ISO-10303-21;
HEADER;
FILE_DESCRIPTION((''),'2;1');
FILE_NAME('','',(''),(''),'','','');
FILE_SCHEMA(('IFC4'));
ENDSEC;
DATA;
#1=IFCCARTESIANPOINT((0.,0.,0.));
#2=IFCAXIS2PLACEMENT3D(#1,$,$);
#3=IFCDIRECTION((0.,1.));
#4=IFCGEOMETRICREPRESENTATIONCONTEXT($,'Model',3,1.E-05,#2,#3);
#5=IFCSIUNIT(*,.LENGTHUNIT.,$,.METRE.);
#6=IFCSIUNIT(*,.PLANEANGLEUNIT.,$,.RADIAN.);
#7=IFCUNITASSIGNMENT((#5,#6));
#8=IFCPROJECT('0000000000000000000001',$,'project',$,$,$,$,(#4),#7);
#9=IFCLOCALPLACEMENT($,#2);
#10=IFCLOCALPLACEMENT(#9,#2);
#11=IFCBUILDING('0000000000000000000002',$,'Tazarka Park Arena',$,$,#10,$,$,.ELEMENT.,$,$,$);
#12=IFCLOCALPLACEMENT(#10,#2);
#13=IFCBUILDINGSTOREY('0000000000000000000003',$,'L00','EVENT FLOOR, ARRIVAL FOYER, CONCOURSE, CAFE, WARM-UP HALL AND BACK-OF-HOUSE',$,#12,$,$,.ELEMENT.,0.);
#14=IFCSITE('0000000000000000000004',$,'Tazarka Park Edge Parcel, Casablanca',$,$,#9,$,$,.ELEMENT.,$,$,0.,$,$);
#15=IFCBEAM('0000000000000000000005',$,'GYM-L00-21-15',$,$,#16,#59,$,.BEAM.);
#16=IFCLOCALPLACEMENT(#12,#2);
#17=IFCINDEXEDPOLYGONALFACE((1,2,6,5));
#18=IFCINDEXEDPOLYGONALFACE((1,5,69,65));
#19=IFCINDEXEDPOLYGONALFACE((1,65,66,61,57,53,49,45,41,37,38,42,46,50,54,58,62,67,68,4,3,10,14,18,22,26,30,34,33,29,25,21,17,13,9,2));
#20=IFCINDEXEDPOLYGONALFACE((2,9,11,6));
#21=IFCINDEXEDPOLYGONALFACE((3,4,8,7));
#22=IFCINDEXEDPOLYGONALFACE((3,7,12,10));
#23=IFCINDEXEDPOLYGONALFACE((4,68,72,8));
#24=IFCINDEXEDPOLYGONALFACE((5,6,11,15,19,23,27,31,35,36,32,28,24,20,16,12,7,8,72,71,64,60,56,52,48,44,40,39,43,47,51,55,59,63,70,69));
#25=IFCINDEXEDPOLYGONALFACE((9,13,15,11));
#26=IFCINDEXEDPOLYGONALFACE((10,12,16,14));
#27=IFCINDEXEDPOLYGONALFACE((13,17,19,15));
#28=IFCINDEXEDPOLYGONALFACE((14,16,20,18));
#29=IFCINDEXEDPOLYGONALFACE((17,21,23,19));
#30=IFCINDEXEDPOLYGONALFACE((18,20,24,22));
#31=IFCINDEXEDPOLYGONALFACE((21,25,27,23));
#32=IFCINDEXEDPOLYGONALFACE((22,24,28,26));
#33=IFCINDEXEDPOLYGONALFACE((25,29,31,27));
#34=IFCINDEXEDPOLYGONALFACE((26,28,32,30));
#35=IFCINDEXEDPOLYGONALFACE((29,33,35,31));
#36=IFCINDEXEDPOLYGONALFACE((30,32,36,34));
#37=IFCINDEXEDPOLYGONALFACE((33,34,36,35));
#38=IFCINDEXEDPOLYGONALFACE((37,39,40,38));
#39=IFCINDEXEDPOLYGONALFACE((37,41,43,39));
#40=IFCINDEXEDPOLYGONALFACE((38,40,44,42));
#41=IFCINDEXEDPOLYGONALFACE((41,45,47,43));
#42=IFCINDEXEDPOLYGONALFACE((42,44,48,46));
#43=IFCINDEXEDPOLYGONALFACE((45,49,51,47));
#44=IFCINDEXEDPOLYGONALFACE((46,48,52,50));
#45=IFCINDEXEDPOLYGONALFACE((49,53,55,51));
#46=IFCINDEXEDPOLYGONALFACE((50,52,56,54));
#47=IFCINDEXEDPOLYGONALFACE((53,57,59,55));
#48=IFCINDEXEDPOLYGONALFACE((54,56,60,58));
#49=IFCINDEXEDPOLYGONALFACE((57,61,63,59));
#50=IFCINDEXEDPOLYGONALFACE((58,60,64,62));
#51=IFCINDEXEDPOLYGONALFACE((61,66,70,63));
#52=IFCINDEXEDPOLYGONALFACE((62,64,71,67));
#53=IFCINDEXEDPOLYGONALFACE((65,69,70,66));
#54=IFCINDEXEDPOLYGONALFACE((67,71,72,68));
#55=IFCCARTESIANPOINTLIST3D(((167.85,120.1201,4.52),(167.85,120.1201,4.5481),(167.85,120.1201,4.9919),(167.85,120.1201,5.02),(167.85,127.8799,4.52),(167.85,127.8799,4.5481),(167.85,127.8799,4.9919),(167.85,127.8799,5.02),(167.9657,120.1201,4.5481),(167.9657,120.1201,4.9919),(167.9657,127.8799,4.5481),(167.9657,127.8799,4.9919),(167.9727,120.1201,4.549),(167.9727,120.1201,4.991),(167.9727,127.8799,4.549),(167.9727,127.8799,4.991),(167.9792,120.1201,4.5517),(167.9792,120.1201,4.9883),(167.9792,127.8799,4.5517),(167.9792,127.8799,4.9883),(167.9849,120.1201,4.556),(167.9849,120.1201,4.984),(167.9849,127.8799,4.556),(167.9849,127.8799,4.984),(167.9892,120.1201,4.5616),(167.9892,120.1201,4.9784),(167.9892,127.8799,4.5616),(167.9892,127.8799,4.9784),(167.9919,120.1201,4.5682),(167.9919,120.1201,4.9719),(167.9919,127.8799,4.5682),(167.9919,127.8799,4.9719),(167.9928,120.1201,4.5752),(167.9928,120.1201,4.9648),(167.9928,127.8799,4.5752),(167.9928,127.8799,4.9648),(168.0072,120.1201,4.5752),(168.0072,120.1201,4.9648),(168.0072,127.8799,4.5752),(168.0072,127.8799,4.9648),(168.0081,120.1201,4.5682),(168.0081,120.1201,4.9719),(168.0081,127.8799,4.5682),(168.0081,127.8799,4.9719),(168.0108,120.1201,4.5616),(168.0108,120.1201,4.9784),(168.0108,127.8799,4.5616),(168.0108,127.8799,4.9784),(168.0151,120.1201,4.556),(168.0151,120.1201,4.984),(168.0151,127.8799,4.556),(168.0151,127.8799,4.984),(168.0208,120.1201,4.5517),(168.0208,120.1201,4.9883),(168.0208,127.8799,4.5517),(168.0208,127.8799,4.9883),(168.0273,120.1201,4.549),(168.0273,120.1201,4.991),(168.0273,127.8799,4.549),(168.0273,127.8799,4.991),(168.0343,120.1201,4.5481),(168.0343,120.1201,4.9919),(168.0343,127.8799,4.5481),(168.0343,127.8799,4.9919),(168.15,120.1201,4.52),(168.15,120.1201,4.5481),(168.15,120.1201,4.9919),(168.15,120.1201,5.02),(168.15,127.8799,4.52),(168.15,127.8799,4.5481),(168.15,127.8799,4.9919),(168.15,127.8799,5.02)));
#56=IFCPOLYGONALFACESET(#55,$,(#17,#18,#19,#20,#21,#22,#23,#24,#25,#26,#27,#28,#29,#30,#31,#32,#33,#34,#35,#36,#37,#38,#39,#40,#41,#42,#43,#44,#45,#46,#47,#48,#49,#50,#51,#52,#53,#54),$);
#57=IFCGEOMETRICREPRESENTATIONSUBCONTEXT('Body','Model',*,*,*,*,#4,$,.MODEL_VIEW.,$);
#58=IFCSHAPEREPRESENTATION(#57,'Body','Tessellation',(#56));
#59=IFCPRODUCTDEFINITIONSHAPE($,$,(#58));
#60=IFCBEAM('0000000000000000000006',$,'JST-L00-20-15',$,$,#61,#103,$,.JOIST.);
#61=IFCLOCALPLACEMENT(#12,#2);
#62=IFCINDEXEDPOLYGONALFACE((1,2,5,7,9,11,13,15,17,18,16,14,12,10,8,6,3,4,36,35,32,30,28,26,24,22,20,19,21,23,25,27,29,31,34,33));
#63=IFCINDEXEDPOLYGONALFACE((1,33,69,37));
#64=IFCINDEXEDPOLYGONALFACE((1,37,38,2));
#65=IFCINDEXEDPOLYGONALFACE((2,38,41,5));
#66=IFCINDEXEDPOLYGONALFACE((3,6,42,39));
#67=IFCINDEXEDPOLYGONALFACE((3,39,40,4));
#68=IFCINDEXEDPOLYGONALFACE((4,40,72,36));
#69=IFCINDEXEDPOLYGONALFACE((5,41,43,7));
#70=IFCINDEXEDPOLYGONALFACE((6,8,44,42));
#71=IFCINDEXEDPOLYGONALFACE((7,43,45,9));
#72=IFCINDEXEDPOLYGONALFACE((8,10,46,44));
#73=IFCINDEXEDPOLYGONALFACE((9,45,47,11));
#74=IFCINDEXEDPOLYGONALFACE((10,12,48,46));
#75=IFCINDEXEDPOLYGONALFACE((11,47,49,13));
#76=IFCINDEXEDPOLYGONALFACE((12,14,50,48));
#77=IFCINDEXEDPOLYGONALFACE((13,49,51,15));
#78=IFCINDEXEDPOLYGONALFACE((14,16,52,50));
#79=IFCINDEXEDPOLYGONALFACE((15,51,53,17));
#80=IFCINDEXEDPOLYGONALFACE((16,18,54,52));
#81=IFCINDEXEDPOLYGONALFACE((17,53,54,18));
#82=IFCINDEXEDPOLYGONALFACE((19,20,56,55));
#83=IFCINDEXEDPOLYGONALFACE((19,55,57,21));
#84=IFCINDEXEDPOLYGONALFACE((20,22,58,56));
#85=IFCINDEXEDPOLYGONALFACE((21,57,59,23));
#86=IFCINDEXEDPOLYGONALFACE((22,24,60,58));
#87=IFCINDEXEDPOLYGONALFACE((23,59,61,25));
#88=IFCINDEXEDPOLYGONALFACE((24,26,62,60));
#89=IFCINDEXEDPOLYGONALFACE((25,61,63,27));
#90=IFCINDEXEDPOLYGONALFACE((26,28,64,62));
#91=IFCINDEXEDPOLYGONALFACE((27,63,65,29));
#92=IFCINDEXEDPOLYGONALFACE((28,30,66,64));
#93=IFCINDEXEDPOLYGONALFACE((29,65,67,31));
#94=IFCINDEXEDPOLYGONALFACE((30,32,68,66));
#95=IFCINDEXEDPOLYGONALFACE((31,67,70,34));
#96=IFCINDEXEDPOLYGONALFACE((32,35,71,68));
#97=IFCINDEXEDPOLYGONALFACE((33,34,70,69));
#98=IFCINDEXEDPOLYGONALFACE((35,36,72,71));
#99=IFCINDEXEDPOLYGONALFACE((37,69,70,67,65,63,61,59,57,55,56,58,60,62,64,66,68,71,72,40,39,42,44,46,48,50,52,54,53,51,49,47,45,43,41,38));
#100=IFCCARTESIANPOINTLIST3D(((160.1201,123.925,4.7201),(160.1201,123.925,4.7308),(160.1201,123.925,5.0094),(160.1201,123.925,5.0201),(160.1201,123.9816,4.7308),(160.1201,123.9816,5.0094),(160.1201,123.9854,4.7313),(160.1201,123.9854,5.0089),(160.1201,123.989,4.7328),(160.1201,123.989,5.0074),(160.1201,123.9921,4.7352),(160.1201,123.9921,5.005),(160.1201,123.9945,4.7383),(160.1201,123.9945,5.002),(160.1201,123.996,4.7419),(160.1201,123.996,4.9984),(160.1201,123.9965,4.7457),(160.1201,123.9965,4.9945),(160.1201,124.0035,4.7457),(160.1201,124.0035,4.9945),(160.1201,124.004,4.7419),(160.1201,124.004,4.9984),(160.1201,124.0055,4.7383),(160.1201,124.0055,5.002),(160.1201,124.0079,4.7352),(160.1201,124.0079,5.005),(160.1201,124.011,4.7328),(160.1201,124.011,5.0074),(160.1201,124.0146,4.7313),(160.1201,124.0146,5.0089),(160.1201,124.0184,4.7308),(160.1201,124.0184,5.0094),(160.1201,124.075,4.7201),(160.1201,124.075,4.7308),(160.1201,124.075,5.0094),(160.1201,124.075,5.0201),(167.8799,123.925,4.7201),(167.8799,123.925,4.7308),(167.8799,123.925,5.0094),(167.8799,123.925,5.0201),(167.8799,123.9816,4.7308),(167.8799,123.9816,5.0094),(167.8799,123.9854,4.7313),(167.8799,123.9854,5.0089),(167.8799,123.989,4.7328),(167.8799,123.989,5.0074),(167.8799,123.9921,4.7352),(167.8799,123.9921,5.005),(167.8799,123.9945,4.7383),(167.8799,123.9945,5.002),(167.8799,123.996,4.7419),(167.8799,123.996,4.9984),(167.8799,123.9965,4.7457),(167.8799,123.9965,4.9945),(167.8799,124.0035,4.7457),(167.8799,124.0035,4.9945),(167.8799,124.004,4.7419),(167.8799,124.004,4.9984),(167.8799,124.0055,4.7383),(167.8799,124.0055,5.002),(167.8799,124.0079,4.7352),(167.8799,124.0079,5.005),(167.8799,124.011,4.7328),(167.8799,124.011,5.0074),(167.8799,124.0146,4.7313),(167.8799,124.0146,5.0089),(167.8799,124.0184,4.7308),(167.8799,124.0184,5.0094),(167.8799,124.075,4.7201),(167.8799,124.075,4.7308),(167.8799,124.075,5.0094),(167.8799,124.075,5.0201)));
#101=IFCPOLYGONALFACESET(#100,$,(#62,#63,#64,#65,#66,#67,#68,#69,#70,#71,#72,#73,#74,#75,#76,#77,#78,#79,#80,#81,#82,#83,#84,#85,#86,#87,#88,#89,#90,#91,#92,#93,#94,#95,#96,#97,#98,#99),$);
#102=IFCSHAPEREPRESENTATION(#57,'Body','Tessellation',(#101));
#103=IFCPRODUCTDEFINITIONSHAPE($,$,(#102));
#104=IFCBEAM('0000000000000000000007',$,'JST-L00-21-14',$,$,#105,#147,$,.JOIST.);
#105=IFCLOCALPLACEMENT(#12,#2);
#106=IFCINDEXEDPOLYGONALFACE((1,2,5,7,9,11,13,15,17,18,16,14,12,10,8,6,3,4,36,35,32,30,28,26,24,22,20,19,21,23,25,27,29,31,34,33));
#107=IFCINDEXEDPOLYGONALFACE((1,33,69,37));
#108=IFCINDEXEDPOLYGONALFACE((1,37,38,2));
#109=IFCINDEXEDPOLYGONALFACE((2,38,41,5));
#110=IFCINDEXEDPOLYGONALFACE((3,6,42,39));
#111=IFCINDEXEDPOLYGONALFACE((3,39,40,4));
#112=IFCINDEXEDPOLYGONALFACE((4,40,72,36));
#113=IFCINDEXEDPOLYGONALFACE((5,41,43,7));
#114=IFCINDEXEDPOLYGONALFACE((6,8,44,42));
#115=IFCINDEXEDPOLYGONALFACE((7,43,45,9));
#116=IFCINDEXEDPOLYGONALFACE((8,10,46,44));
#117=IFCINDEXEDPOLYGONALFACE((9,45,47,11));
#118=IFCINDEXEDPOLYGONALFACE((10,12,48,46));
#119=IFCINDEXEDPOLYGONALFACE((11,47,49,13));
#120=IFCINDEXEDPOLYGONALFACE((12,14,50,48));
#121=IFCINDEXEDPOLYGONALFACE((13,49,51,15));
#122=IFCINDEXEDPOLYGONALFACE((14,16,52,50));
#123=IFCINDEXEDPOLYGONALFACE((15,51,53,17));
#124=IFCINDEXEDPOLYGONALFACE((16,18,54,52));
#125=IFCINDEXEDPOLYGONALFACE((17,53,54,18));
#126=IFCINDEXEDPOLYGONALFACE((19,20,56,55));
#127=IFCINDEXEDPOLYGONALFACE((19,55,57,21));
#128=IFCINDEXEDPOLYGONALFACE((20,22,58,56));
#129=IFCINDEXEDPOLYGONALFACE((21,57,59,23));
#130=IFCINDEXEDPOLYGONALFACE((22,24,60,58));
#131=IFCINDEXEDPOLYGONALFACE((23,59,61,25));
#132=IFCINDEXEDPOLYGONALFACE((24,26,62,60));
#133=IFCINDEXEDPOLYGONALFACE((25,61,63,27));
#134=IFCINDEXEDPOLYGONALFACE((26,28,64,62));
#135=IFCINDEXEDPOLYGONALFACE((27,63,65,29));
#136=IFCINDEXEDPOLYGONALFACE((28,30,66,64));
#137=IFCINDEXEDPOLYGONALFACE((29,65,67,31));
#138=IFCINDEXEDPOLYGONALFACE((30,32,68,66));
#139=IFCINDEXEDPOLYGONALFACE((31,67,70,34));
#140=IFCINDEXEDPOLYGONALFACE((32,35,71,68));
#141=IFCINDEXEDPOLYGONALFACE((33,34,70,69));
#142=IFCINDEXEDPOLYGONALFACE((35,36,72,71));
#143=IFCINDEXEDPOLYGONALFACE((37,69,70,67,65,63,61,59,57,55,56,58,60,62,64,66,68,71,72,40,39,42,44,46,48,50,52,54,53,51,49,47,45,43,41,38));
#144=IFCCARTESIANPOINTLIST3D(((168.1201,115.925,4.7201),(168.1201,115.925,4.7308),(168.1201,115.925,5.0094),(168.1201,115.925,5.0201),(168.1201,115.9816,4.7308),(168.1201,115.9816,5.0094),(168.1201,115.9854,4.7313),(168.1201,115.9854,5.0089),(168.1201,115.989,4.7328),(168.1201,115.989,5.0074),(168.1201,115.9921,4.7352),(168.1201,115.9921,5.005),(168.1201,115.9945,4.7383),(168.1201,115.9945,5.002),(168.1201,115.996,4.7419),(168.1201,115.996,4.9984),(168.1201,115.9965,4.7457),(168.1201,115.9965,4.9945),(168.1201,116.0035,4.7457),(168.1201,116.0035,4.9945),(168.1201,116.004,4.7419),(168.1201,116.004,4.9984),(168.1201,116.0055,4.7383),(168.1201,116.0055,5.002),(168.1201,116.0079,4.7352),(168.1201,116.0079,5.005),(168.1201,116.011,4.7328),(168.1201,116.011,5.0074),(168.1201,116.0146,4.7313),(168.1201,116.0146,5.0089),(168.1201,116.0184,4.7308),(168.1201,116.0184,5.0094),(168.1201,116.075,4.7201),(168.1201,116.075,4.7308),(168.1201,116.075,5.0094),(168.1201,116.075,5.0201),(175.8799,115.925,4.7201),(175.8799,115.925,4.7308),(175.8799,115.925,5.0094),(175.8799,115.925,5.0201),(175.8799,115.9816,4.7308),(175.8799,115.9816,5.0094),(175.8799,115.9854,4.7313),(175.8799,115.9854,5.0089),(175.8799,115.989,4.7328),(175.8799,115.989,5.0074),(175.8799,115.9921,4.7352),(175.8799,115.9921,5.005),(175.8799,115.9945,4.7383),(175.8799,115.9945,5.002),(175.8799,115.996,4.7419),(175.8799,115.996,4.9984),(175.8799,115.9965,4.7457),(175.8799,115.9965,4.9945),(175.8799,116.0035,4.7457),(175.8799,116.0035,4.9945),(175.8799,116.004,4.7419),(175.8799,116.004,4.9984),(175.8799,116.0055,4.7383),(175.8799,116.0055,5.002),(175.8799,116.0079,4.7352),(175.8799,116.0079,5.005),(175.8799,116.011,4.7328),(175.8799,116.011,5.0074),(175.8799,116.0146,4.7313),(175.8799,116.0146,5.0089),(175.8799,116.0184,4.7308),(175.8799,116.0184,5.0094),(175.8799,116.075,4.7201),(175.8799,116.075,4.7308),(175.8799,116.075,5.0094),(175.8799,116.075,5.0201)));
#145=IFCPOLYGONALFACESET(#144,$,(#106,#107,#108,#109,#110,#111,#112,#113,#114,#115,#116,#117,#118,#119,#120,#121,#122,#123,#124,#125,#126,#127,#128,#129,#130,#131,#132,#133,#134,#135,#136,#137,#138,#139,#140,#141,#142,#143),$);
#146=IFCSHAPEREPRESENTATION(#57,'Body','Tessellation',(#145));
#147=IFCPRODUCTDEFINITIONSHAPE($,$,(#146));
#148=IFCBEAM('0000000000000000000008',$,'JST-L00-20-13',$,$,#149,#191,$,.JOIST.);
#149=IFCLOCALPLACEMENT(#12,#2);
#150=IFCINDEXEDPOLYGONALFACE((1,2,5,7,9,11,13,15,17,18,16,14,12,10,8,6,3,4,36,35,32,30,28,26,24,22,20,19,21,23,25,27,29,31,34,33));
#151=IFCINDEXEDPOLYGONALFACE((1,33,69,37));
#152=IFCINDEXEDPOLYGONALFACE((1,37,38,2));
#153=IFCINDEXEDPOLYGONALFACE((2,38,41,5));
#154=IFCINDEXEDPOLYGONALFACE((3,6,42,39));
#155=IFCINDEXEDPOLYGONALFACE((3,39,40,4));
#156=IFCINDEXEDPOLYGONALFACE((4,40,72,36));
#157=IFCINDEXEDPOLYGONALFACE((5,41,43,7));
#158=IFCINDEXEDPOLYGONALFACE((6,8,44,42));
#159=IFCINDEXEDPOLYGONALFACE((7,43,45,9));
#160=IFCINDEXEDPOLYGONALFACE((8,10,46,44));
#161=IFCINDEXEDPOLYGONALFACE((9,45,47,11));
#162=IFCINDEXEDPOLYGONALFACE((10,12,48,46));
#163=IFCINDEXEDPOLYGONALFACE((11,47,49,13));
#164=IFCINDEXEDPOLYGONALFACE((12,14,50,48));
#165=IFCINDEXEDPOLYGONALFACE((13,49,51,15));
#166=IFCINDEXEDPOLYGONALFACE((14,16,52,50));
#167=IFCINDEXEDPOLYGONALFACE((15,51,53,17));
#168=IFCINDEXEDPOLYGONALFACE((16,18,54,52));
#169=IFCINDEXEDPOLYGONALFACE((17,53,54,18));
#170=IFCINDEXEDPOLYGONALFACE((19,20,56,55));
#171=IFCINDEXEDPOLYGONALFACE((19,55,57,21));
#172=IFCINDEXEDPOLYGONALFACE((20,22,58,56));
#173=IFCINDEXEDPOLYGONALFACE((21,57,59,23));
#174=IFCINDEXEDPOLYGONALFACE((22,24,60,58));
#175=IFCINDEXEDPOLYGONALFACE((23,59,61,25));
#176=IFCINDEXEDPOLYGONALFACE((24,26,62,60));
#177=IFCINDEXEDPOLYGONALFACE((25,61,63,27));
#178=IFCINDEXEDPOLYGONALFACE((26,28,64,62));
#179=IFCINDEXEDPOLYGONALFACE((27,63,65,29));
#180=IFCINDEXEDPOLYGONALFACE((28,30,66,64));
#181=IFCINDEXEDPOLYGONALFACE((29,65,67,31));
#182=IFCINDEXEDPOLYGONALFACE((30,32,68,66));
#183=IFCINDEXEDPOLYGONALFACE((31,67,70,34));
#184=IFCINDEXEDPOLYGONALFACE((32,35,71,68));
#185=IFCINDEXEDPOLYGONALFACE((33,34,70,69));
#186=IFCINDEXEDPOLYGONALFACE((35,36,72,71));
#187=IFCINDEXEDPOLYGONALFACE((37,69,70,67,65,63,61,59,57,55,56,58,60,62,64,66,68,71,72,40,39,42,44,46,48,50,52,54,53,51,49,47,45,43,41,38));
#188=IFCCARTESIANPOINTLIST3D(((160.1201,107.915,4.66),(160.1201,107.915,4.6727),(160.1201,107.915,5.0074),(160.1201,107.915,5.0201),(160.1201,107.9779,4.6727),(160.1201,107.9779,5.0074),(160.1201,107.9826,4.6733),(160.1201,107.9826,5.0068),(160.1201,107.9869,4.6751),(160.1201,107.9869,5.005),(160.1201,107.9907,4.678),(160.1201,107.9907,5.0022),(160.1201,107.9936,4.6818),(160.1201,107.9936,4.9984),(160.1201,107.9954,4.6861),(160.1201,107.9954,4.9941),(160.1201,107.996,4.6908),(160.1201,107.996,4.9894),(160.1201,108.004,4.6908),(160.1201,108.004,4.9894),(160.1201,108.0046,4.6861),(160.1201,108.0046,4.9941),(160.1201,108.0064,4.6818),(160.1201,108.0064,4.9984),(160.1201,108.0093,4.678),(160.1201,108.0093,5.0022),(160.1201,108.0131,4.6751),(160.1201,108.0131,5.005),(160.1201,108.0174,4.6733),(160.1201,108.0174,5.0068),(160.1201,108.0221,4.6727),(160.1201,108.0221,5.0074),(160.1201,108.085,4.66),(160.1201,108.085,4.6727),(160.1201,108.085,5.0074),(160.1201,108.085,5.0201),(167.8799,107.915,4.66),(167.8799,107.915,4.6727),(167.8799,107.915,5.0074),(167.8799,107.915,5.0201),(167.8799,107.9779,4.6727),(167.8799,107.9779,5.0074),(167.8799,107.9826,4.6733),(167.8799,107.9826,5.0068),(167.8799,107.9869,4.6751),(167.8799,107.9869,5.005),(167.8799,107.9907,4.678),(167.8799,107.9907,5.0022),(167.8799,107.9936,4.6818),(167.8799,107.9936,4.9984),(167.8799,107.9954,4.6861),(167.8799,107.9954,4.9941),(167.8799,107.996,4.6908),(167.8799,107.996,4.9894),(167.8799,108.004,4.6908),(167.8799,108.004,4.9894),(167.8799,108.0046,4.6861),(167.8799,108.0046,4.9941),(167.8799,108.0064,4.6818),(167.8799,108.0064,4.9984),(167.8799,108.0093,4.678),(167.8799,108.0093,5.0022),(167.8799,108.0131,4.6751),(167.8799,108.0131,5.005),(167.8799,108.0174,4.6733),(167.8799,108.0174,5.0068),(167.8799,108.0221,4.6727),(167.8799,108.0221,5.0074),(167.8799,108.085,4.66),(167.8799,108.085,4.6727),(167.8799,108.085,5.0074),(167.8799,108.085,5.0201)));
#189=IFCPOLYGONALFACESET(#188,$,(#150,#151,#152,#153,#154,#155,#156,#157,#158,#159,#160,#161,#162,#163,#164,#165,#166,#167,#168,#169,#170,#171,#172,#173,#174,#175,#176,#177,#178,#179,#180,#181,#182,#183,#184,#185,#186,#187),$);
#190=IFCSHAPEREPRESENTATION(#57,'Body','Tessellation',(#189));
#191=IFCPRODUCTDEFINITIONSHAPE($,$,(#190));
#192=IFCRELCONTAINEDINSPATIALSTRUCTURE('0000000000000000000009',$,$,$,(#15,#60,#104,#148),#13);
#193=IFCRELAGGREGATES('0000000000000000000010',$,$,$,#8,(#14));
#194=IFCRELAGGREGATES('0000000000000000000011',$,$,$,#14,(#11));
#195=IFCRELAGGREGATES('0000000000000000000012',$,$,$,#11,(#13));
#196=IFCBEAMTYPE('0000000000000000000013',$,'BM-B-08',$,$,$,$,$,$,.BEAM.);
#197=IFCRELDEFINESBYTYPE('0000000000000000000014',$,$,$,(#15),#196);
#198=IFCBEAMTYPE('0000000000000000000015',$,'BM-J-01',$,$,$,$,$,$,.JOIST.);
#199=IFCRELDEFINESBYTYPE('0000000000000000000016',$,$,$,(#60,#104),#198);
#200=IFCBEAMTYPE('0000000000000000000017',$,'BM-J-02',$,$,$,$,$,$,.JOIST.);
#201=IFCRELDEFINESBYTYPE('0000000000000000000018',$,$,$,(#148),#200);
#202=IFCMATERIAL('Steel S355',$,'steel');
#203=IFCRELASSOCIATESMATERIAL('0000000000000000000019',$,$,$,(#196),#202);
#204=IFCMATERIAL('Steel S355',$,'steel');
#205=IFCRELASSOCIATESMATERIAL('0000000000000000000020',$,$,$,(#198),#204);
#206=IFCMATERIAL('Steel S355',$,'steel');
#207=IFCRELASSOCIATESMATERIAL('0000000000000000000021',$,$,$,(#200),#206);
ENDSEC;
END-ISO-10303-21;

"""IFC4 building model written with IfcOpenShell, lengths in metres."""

from ifc_helpers import new_model, si_unit, direction, frame, origin, origin_2d, place, context, subcontext, project, spatial, i_section, extrude, material, material_profile, profile_set, type_object, element, save


model = new_model("IFC4")

# Units and contexts
model_context = context("Model", 3, precision=1e-05, world=origin(), true_north=direction((0.0, 1.0)))
body_context = subcontext(model_context, "Body", "Model", "MODEL_VIEW")
ifc_project = project(units=[si_unit("LENGTHUNIT", "METRE"), si_unit("PLANEANGLEUNIT", "RADIAN")], contexts=[model_context])

# Site, building, storey
site_placement = place(None, origin())
site = spatial("IfcSite", under=ifc_project, at=site_placement, Name="Tazarka Park Edge Parcel, Casablanca", CompositionType="ELEMENT", RefElevation=0.0)
building_placement = place(site_placement, origin())
building = spatial("IfcBuilding", under=site, at=building_placement, Name="Tazarka Park Arena", CompositionType="ELEMENT")
storey_placement = place(building_placement, origin())
storey = spatial("IfcBuildingStorey", under=building, at=storey_placement, Name="L00", Description="EVENT FLOOR, ARRIVAL FOYER, CONCOURSE, CAFE, WARM-UP HALL AND BACK-OF-HOUSE", CompositionType="ELEMENT", Elevation=0.0)

# Beams
ifc_material_1 = material(Name="Steel S355", Category="steel")
ifc_material_profile_1 = material_profile(ifc_material_1, i_section(OverallWidth=0.3, OverallDepth=0.5, WebThickness=0.0144, FlangeThickness=0.0281, FilletRadius=0.0271, at=origin_2d()), Name="Steel S355")
ifc_profile_set_1 = profile_set([ifc_material_profile_1], Name="Steel S355")
beam_type_1 = type_object("IfcBeamType", Name="BM-B-08", PredefinedType="BEAM", material=ifc_profile_set_1)
for number, where, z_axis, x_axis, name in (
    (1, (168.0, 120.1201, 4.77), (0.0, 1.0, 0.0), (-1.0, 0.0, 0.0), "GYM-L00-21-15"),
):
    element("IfcBeam", number, at=place(storey_placement, frame(where, z_axis=z_axis, x_axis=x_axis)), inside=storey, type_object=beam_type_1, Name=name, PredefinedType="BEAM", context=body_context, shape_type="SweptSolid", body=[
        extrude(i_section(OverallWidth=0.3, OverallDepth=0.5, WebThickness=0.0144, FlangeThickness=0.0281, FilletRadius=0.0271, at=origin_2d()), origin(), (0.0, 0.0, 1.0), 7.7598),
    ])
ifc_material_2 = material(Name="Steel S355", Category="steel")
ifc_material_profile_2 = material_profile(ifc_material_2, i_section(OverallWidth=0.1499, OverallDepth=0.3, WebThickness=0.0071, FlangeThickness=0.0107, FilletRadius=0.0149, at=origin_2d()), Name="Steel S355")
ifc_profile_set_2 = profile_set([ifc_material_profile_2], Name="Steel S355")
beam_type_2 = type_object("IfcBeamType", Name="BM-J-01", PredefinedType="JOIST", material=ifc_profile_set_2)
for number, where, z_axis, x_axis, name in (
    (2, (160.1201, 124.0, 4.8701), (1.0, 0.0, 0.0), (0.0, 1.0, 0.0), "JST-L00-20-15"),
    (3, (168.1201, 116.0, 4.8701), (1.0, 0.0, 0.0), (0.0, 1.0, 0.0), "JST-L00-21-14"),
):
    element("IfcBeam", number, at=place(storey_placement, frame(where, z_axis=z_axis, x_axis=x_axis)), inside=storey, type_object=beam_type_2, Name=name, PredefinedType="JOIST", context=body_context, shape_type="SweptSolid", body=[
        extrude(i_section(OverallWidth=0.1499, OverallDepth=0.3, WebThickness=0.0071, FlangeThickness=0.0107, FilletRadius=0.0149, at=origin_2d()), origin(), (0.0, 0.0, 1.0), 7.7598),
    ])
ifc_material_3 = material(Name="Steel S355", Category="steel")
ifc_material_profile_3 = material_profile(ifc_material_3, i_section(OverallWidth=0.1699, OverallDepth=0.3601, WebThickness=0.0081, FlangeThickness=0.0127, FilletRadius=0.0181, at=origin_2d()), Name="Steel S355")
ifc_profile_set_3 = profile_set([ifc_material_profile_3], Name="Steel S355")
beam_type_3 = type_object("IfcBeamType", Name="BM-J-02", PredefinedType="JOIST", material=ifc_profile_set_3)
for number, where, z_axis, x_axis, name in (
    (4, (160.1201, 108.0, 4.8401), (1.0, 0.0, 0.0), (0.0, 1.0, 0.0), "JST-L00-20-13"),
):
    element("IfcBeam", number, at=place(storey_placement, frame(where, z_axis=z_axis, x_axis=x_axis)), inside=storey, type_object=beam_type_3, Name=name, PredefinedType="JOIST", context=body_context, shape_type="SweptSolid", body=[
        extrude(i_section(OverallWidth=0.1699, OverallDepth=0.3601, WebThickness=0.0081, FlangeThickness=0.0127, FilletRadius=0.0181, at=origin_2d()), origin(), (0.0, 0.0, 1.0), 7.7598),
    ])

save(model, "model.ifc")
